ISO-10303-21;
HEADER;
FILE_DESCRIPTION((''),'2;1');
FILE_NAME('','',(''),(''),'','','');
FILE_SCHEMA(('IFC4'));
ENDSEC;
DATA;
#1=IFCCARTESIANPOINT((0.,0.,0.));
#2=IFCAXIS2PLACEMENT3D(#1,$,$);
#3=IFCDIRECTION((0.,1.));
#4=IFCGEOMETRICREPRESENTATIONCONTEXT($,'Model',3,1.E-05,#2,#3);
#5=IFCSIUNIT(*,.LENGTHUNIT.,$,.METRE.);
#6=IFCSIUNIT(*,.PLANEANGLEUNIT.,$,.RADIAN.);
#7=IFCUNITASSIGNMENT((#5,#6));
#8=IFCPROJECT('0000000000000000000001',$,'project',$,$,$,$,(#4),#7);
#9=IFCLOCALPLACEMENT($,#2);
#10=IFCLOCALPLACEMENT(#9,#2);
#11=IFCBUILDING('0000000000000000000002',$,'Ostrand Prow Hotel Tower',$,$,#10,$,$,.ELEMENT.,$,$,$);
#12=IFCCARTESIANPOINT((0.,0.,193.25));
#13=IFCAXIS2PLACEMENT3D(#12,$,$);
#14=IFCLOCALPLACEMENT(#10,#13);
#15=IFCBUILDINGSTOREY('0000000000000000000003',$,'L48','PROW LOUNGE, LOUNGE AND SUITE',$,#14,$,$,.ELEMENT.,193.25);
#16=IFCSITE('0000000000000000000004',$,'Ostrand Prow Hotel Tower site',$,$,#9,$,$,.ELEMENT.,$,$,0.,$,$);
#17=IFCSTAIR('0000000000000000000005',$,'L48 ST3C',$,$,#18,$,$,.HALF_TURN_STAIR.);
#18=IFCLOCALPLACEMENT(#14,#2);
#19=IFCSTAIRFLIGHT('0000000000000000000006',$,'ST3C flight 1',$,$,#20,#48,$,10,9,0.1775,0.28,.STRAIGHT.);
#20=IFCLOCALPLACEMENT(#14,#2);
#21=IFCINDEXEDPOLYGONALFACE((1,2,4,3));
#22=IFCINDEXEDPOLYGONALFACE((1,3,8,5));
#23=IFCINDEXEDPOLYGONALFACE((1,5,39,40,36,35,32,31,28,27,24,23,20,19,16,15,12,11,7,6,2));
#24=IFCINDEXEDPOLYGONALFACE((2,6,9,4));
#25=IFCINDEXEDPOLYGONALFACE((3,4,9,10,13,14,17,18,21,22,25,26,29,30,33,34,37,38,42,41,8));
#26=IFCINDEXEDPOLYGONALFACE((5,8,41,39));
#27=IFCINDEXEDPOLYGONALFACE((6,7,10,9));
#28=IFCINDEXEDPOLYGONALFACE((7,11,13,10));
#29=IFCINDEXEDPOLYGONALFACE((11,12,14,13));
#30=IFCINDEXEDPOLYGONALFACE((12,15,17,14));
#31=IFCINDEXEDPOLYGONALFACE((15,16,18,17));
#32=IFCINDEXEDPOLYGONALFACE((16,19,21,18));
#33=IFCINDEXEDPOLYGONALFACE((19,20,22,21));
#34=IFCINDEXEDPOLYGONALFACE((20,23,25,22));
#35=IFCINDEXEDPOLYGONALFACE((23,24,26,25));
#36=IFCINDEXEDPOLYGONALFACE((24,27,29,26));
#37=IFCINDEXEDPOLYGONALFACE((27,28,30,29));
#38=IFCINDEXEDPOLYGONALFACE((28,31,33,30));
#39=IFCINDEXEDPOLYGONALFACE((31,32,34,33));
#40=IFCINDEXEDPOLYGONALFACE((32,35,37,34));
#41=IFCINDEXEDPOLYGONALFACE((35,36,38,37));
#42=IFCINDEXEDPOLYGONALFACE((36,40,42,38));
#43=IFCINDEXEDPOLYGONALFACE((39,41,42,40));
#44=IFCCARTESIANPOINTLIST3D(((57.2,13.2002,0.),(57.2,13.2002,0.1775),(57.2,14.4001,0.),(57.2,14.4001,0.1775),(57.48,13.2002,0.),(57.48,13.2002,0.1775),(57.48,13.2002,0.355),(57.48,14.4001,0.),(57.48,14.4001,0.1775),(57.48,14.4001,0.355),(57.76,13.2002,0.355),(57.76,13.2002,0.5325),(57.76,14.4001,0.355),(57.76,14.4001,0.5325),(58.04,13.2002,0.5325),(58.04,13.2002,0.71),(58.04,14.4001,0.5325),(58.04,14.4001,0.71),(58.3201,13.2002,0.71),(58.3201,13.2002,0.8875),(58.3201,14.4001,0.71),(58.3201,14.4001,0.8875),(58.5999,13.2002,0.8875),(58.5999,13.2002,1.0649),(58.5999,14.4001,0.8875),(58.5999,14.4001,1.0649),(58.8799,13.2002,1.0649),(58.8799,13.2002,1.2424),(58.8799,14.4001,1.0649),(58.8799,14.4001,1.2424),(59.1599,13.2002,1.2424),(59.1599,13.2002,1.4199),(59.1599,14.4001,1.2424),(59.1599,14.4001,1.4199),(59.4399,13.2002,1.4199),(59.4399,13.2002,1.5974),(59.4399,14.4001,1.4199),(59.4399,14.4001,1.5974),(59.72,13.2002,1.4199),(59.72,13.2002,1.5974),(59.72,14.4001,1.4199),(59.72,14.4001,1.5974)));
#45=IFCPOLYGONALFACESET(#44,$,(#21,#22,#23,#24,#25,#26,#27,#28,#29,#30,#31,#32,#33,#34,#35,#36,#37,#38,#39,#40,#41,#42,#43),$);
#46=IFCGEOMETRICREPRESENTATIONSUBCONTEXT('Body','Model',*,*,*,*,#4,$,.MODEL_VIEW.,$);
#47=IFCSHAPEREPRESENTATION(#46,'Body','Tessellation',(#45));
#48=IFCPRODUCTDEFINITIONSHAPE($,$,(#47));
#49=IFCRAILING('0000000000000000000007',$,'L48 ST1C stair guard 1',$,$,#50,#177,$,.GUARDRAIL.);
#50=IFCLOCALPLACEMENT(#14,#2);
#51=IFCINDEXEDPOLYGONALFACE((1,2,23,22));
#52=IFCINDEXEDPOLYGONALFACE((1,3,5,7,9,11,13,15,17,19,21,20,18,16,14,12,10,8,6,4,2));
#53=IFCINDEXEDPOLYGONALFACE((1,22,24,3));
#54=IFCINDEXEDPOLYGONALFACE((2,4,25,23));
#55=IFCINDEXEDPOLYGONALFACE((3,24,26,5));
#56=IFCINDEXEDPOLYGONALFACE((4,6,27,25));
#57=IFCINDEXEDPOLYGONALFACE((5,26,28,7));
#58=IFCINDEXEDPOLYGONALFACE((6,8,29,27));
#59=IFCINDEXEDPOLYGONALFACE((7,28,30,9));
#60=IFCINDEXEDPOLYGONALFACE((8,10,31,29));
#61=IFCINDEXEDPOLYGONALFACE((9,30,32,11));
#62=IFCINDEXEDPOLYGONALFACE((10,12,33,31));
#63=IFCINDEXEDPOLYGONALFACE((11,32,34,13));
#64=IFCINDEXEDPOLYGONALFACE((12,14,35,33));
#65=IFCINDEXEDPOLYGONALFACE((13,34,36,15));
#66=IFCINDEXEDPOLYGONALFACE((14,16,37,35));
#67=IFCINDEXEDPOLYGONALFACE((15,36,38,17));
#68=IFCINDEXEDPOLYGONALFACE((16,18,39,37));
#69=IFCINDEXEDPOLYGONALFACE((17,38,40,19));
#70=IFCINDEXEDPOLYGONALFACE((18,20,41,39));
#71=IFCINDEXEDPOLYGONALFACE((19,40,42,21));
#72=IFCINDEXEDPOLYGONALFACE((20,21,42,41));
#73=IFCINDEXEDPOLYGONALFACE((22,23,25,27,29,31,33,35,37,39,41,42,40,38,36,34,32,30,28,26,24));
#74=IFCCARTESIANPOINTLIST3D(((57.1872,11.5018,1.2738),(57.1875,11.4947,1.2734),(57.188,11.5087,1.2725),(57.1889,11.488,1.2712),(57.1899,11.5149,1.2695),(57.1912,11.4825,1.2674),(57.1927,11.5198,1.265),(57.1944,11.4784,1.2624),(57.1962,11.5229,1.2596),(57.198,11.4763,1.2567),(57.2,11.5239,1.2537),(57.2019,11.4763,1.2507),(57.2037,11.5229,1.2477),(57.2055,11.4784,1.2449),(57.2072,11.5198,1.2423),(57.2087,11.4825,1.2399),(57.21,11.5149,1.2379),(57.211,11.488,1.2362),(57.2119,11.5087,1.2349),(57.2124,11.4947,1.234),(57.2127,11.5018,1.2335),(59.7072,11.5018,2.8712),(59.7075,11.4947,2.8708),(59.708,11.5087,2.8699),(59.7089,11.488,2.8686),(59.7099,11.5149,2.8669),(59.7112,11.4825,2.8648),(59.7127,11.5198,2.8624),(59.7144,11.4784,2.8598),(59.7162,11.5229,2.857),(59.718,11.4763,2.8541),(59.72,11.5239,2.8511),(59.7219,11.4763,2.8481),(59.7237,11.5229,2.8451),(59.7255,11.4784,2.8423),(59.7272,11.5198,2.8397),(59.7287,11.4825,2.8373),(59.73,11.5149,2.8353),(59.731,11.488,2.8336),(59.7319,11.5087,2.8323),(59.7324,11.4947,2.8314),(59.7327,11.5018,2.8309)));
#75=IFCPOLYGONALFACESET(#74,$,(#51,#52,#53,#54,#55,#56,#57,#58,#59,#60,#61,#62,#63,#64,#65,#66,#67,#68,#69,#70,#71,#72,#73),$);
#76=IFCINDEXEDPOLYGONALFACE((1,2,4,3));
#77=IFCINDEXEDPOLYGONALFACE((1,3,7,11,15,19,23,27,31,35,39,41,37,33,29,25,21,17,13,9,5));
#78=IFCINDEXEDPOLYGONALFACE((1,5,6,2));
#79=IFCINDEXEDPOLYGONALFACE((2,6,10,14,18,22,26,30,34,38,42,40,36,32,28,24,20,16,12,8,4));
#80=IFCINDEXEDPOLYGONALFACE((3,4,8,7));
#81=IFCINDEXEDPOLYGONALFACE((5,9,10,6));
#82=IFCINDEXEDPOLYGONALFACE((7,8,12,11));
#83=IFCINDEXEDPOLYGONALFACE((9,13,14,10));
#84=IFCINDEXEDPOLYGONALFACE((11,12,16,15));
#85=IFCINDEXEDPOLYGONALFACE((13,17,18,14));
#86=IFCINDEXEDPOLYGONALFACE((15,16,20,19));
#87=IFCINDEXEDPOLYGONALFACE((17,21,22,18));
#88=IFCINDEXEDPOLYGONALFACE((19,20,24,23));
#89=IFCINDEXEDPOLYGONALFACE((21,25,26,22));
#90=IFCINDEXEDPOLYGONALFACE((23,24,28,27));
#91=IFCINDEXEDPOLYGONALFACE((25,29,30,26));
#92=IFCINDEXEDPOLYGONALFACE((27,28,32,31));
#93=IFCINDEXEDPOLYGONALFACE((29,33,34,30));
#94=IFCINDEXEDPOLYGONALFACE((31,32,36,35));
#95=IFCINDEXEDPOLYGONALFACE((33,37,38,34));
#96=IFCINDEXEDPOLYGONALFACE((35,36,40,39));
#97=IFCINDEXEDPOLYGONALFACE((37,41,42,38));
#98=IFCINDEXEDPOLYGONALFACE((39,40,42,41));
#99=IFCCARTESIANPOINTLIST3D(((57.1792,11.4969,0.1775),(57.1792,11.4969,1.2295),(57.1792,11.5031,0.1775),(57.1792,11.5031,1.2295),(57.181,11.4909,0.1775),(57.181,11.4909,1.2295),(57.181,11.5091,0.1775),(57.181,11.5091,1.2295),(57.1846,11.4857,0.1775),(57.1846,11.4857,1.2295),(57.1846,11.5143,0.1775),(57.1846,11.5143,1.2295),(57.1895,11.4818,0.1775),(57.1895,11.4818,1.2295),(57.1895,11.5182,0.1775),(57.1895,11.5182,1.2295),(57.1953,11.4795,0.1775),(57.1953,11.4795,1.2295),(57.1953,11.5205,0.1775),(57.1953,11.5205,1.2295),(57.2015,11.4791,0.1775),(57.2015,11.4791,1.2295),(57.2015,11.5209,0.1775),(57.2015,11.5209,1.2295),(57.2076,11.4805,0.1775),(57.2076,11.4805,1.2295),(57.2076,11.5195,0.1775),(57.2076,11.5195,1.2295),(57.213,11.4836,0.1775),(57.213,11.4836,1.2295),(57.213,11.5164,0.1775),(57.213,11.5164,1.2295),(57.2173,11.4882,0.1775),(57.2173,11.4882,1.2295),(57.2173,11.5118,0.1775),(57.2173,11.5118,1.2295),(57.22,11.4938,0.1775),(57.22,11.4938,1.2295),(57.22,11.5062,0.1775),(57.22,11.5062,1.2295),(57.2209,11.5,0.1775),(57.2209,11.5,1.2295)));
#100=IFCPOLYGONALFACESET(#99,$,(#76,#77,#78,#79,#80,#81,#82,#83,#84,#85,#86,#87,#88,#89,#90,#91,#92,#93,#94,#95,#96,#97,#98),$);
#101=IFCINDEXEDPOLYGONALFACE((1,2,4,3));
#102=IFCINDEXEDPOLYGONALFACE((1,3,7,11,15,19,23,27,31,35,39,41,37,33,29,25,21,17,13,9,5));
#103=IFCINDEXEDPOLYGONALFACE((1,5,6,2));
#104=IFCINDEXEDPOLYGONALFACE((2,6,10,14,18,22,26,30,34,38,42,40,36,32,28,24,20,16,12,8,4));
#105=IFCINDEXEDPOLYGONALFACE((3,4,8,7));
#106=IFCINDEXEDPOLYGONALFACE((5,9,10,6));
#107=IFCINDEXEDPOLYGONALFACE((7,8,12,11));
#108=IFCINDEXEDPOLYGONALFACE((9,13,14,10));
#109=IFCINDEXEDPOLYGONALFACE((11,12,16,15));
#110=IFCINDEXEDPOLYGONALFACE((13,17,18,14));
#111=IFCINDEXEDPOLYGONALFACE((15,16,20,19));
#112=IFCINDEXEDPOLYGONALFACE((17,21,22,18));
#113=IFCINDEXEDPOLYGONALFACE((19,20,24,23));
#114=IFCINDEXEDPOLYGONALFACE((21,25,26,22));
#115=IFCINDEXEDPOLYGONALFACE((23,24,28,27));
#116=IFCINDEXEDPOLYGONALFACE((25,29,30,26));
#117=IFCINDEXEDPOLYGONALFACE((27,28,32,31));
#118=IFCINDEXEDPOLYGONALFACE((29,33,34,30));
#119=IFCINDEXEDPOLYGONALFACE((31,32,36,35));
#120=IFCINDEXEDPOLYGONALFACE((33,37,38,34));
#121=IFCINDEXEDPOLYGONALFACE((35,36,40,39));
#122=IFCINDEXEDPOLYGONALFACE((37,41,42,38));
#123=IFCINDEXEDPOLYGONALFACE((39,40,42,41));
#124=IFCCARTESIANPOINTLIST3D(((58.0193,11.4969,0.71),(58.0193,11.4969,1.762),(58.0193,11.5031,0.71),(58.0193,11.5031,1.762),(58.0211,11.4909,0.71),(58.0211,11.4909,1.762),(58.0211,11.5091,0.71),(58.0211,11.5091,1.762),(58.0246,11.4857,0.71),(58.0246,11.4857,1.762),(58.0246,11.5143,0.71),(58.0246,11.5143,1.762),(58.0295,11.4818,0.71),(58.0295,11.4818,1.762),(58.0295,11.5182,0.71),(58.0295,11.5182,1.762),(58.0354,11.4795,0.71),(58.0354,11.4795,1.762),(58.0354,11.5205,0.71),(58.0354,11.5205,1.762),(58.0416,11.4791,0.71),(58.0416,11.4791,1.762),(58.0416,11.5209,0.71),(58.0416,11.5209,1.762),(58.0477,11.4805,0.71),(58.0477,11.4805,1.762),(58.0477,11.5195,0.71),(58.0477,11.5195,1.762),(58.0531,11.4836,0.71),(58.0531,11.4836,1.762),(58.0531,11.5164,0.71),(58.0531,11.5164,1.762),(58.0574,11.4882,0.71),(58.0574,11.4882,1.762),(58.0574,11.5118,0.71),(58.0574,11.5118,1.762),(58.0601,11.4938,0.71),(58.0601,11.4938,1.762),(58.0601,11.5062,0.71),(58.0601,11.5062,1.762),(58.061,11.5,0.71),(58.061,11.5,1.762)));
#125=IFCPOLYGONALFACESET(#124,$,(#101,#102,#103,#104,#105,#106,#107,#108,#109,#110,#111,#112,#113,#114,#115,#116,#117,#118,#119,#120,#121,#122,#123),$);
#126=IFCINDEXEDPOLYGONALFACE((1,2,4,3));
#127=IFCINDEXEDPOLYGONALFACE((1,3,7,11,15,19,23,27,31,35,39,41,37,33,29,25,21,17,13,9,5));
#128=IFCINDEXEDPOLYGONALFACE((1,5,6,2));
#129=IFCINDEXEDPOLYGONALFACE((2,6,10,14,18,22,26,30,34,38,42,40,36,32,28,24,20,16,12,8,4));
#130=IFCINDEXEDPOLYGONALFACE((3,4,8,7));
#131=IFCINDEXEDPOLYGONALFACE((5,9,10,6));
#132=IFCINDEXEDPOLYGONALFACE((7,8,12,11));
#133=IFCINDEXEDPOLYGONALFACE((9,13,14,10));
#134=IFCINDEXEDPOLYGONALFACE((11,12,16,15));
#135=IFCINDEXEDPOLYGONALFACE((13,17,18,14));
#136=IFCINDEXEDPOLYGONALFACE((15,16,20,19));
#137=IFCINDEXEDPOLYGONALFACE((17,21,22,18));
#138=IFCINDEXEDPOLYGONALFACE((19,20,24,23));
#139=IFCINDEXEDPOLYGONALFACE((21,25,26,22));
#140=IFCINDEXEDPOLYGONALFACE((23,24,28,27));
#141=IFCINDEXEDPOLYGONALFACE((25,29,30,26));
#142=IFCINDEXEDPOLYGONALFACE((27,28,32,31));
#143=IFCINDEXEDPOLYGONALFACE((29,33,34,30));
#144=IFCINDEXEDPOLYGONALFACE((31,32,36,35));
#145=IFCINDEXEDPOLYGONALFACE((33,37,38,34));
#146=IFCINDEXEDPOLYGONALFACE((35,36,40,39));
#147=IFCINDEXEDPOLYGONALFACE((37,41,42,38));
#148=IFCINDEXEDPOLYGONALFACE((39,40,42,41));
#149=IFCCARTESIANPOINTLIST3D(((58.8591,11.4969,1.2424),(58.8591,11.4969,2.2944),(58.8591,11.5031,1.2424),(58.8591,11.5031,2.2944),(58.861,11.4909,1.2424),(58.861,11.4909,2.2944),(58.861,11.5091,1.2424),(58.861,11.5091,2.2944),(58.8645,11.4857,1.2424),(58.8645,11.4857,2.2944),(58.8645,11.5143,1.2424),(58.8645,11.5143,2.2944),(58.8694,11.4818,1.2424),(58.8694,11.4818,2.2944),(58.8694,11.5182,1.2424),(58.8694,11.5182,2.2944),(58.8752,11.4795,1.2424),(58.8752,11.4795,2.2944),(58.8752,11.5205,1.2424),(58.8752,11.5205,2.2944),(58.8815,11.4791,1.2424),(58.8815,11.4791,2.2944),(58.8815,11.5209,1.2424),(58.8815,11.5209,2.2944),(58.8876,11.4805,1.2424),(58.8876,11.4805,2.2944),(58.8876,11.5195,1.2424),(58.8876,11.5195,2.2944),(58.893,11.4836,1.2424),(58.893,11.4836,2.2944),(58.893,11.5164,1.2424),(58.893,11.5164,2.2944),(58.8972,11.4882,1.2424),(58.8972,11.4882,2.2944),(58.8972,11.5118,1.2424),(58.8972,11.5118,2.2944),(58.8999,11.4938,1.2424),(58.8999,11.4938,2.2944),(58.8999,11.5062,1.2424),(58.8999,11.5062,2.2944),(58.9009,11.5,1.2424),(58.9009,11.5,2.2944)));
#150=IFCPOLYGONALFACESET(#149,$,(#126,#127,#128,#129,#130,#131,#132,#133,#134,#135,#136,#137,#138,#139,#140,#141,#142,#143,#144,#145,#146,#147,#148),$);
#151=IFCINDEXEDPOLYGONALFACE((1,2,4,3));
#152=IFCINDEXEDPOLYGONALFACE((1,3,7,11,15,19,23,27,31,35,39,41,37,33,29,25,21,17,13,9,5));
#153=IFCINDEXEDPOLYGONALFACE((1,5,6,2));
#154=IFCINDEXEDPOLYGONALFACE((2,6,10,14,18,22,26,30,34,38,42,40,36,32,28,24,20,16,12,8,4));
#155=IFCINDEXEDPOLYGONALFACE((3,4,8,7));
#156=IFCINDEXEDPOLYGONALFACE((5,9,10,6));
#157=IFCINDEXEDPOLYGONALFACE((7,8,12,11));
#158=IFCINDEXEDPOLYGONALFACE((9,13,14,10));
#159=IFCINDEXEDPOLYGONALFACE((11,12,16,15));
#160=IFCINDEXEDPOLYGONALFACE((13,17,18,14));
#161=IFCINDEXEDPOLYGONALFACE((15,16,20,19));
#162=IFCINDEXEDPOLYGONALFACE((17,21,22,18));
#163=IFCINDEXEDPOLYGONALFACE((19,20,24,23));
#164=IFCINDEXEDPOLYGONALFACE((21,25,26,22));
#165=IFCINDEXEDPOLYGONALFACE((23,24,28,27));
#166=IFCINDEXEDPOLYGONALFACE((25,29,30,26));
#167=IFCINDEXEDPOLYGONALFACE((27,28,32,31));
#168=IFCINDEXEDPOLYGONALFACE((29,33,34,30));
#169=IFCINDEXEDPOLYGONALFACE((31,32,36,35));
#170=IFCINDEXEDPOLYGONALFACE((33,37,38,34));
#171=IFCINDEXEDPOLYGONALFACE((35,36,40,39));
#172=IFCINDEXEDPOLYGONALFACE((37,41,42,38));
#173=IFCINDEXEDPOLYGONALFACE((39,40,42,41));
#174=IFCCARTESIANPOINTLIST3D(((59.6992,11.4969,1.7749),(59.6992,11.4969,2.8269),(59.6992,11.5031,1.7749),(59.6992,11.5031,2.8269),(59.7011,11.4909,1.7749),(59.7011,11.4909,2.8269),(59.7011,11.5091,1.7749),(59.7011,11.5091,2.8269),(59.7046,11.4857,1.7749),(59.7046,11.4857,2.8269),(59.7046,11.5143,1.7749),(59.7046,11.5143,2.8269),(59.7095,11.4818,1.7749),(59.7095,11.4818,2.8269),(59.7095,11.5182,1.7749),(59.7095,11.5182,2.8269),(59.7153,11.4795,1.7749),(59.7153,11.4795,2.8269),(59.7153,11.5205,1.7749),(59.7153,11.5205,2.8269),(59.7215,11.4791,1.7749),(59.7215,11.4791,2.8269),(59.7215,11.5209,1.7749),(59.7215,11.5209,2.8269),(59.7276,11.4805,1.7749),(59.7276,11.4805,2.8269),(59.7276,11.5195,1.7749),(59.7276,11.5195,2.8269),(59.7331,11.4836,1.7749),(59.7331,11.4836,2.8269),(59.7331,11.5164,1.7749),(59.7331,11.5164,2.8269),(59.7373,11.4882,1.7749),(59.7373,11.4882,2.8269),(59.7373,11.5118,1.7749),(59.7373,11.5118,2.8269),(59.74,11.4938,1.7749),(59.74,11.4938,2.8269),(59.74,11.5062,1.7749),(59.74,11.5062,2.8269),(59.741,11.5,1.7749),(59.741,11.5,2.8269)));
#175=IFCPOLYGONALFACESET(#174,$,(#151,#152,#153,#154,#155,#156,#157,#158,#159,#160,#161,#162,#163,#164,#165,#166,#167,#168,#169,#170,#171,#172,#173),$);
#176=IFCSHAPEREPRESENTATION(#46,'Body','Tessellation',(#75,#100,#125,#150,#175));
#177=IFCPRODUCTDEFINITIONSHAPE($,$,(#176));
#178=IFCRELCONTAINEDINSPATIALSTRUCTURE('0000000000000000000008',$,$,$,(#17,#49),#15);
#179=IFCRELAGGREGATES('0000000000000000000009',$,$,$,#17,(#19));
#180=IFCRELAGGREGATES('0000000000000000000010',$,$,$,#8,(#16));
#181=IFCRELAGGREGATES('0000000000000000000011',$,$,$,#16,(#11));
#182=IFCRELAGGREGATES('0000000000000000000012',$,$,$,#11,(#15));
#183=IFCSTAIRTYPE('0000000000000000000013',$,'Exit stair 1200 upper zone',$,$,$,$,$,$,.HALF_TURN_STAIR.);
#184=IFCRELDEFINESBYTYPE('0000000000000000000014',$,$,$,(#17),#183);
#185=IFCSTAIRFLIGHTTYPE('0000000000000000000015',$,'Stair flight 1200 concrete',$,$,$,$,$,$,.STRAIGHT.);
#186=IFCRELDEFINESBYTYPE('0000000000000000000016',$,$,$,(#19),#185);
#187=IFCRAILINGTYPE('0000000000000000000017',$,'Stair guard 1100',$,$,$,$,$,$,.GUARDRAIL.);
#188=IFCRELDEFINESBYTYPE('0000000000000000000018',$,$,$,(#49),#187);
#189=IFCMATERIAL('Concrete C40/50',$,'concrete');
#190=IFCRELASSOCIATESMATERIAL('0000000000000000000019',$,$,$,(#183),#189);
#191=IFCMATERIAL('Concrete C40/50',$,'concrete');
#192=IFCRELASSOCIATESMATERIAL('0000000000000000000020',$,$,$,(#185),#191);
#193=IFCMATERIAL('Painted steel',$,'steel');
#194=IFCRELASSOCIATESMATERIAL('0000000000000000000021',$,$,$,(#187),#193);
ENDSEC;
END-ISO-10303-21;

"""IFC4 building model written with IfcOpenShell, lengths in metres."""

from ifc_helpers import new_model, si_unit, direction, frame, origin, origin_2d, place, context, subcontext, project, spatial, polyline, circle, outline, extrude, material, type_object, element, aggregate, save


model = new_model("IFC4")

# Units and contexts
model_context = context("Model", 3, precision=1e-05, world=origin(), true_north=direction((0.0, 1.0)))
body_context = subcontext(model_context, "Body", "Model", "MODEL_VIEW")
ifc_project = project(units=[si_unit("LENGTHUNIT", "METRE"), si_unit("PLANEANGLEUNIT", "RADIAN")], contexts=[model_context])

# Site, building, storey
site_placement = place(None, origin())
site = spatial("IfcSite", under=ifc_project, at=site_placement, Name="Ostrand Prow Hotel Tower site", CompositionType="ELEMENT", RefElevation=0.0)
building_placement = place(site_placement, origin())
building = spatial("IfcBuilding", under=site, at=building_placement, Name="Ostrand Prow Hotel Tower", CompositionType="ELEMENT")
storey_placement = place(building_placement, frame((0.0, 0.0, 193.25)))
storey = spatial("IfcBuildingStorey", under=building, at=storey_placement, Name="L48", Description="PROW LOUNGE, LOUNGE AND SUITE", CompositionType="ELEMENT", Elevation=193.25)

# Shared definitions
ifc_material_1 = material(Name="Concrete C40/50", Category="concrete")
stair_type = type_object("IfcStairType", Name="Exit stair 1200 upper zone", PredefinedType="HALF_TURN_STAIR", material=ifc_material_1)
ifc_material_2 = material(Name="Concrete C40/50", Category="concrete")
stair_flight_type = type_object("IfcStairFlightType", Name="Stair flight 1200 concrete", PredefinedType="STRAIGHT", material=ifc_material_2)

# Stair, stair flight
stair_1_placement = place(storey_placement, origin())
stair_1 = element("IfcStair", 1, at=stair_1_placement, inside=storey, type_object=stair_type, Name="L48 ST3C", PredefinedType="HALF_TURN_STAIR")
stair_flight_1_placement = place(storey_placement, frame((57.2, 13.8, 0.0), z_axis=(0.0, 0.0, 1.0), x_axis=(1.0, 0.0, 0.0)))
stair_flight_1 = element("IfcStairFlight", 2, at=stair_flight_1_placement, type_object=stair_flight_type, Name="ST3C flight 1", NumberOfRisers=10, NumberOfTreads=9, PredefinedType="STRAIGHT", RiserHeight=0.1775, TreadLength=0.28, context=body_context, shape_type="SweptSolid", body=[
    extrude(outline(polyline([(0.0, 0.0), (0.0, 0.1775), (0.28, 0.1775), (0.28, 0.355), (0.5601, 0.355), (0.5601, 0.5325), (0.8401, 0.5325), (0.8401, 0.71), (1.1201, 0.71), (1.1201, 0.8875), (1.3999, 0.8875), (1.3999, 1.0649), (1.6799, 1.0649), (1.6799, 1.2424), (1.96, 1.2424), (1.96, 1.4199), (2.24, 1.4199), (2.24, 1.5974), (2.52, 1.5974), (2.52, 1.7749), (2.52, 1.4199), (0.28, 0.0), (0.0, 0.0)])), frame((0.0, 0.6001, 0.0), z_axis=(0.0, -1.0, 0.0), x_axis=(1.0, 0.0, 0.0)), (0.0, 0.0, 1.0), 1.2),
])
aggregate(stair_1, [stair_flight_1])

# Railing
ifc_material_3 = material(Name="Painted steel", Category="steel")
railing_type_1 = type_object("IfcRailingType", Name="Stair guard 1100", PredefinedType="GUARDRAIL", material=ifc_material_3)
railing_1_placement = place(storey_placement, frame((57.2, 11.5, 0.1775)))
element("IfcRailing", 3, at=railing_1_placement, inside=storey, type_object=railing_type_1, Name="L48 ST1C stair guard 1", PredefinedType="GUARDRAIL", context=body_context, shape_type="SweptSolid", body=[
    extrude(circle(Radius=0.0239, at=origin_2d()), frame((0.0, 0.0, 1.0762), z_axis=(0.844607, 0.0, 0.535387), x_axis=(0.0, 1.0, 0.0)), (0.0, 0.0, 1.0), 2.9836),
    extrude(circle(Radius=0.021, at=origin_2d()), origin(), (0.0, 0.0, 1.0), 1.052),
    extrude(circle(Radius=0.021, at=origin_2d()), frame((0.8401, 0.0, 0.5325)), (0.0, 0.0, 1.0), 1.052),
    extrude(circle(Radius=0.021, at=origin_2d()), frame((1.6799, 0.0, 1.0649)), (0.0, 0.0, 1.0), 1.052),
    extrude(circle(Radius=0.021, at=origin_2d()), frame((2.52, 0.0, 1.5974)), (0.0, 0.0, 1.0), 1.052),
])

save(model, "model.ifc")
